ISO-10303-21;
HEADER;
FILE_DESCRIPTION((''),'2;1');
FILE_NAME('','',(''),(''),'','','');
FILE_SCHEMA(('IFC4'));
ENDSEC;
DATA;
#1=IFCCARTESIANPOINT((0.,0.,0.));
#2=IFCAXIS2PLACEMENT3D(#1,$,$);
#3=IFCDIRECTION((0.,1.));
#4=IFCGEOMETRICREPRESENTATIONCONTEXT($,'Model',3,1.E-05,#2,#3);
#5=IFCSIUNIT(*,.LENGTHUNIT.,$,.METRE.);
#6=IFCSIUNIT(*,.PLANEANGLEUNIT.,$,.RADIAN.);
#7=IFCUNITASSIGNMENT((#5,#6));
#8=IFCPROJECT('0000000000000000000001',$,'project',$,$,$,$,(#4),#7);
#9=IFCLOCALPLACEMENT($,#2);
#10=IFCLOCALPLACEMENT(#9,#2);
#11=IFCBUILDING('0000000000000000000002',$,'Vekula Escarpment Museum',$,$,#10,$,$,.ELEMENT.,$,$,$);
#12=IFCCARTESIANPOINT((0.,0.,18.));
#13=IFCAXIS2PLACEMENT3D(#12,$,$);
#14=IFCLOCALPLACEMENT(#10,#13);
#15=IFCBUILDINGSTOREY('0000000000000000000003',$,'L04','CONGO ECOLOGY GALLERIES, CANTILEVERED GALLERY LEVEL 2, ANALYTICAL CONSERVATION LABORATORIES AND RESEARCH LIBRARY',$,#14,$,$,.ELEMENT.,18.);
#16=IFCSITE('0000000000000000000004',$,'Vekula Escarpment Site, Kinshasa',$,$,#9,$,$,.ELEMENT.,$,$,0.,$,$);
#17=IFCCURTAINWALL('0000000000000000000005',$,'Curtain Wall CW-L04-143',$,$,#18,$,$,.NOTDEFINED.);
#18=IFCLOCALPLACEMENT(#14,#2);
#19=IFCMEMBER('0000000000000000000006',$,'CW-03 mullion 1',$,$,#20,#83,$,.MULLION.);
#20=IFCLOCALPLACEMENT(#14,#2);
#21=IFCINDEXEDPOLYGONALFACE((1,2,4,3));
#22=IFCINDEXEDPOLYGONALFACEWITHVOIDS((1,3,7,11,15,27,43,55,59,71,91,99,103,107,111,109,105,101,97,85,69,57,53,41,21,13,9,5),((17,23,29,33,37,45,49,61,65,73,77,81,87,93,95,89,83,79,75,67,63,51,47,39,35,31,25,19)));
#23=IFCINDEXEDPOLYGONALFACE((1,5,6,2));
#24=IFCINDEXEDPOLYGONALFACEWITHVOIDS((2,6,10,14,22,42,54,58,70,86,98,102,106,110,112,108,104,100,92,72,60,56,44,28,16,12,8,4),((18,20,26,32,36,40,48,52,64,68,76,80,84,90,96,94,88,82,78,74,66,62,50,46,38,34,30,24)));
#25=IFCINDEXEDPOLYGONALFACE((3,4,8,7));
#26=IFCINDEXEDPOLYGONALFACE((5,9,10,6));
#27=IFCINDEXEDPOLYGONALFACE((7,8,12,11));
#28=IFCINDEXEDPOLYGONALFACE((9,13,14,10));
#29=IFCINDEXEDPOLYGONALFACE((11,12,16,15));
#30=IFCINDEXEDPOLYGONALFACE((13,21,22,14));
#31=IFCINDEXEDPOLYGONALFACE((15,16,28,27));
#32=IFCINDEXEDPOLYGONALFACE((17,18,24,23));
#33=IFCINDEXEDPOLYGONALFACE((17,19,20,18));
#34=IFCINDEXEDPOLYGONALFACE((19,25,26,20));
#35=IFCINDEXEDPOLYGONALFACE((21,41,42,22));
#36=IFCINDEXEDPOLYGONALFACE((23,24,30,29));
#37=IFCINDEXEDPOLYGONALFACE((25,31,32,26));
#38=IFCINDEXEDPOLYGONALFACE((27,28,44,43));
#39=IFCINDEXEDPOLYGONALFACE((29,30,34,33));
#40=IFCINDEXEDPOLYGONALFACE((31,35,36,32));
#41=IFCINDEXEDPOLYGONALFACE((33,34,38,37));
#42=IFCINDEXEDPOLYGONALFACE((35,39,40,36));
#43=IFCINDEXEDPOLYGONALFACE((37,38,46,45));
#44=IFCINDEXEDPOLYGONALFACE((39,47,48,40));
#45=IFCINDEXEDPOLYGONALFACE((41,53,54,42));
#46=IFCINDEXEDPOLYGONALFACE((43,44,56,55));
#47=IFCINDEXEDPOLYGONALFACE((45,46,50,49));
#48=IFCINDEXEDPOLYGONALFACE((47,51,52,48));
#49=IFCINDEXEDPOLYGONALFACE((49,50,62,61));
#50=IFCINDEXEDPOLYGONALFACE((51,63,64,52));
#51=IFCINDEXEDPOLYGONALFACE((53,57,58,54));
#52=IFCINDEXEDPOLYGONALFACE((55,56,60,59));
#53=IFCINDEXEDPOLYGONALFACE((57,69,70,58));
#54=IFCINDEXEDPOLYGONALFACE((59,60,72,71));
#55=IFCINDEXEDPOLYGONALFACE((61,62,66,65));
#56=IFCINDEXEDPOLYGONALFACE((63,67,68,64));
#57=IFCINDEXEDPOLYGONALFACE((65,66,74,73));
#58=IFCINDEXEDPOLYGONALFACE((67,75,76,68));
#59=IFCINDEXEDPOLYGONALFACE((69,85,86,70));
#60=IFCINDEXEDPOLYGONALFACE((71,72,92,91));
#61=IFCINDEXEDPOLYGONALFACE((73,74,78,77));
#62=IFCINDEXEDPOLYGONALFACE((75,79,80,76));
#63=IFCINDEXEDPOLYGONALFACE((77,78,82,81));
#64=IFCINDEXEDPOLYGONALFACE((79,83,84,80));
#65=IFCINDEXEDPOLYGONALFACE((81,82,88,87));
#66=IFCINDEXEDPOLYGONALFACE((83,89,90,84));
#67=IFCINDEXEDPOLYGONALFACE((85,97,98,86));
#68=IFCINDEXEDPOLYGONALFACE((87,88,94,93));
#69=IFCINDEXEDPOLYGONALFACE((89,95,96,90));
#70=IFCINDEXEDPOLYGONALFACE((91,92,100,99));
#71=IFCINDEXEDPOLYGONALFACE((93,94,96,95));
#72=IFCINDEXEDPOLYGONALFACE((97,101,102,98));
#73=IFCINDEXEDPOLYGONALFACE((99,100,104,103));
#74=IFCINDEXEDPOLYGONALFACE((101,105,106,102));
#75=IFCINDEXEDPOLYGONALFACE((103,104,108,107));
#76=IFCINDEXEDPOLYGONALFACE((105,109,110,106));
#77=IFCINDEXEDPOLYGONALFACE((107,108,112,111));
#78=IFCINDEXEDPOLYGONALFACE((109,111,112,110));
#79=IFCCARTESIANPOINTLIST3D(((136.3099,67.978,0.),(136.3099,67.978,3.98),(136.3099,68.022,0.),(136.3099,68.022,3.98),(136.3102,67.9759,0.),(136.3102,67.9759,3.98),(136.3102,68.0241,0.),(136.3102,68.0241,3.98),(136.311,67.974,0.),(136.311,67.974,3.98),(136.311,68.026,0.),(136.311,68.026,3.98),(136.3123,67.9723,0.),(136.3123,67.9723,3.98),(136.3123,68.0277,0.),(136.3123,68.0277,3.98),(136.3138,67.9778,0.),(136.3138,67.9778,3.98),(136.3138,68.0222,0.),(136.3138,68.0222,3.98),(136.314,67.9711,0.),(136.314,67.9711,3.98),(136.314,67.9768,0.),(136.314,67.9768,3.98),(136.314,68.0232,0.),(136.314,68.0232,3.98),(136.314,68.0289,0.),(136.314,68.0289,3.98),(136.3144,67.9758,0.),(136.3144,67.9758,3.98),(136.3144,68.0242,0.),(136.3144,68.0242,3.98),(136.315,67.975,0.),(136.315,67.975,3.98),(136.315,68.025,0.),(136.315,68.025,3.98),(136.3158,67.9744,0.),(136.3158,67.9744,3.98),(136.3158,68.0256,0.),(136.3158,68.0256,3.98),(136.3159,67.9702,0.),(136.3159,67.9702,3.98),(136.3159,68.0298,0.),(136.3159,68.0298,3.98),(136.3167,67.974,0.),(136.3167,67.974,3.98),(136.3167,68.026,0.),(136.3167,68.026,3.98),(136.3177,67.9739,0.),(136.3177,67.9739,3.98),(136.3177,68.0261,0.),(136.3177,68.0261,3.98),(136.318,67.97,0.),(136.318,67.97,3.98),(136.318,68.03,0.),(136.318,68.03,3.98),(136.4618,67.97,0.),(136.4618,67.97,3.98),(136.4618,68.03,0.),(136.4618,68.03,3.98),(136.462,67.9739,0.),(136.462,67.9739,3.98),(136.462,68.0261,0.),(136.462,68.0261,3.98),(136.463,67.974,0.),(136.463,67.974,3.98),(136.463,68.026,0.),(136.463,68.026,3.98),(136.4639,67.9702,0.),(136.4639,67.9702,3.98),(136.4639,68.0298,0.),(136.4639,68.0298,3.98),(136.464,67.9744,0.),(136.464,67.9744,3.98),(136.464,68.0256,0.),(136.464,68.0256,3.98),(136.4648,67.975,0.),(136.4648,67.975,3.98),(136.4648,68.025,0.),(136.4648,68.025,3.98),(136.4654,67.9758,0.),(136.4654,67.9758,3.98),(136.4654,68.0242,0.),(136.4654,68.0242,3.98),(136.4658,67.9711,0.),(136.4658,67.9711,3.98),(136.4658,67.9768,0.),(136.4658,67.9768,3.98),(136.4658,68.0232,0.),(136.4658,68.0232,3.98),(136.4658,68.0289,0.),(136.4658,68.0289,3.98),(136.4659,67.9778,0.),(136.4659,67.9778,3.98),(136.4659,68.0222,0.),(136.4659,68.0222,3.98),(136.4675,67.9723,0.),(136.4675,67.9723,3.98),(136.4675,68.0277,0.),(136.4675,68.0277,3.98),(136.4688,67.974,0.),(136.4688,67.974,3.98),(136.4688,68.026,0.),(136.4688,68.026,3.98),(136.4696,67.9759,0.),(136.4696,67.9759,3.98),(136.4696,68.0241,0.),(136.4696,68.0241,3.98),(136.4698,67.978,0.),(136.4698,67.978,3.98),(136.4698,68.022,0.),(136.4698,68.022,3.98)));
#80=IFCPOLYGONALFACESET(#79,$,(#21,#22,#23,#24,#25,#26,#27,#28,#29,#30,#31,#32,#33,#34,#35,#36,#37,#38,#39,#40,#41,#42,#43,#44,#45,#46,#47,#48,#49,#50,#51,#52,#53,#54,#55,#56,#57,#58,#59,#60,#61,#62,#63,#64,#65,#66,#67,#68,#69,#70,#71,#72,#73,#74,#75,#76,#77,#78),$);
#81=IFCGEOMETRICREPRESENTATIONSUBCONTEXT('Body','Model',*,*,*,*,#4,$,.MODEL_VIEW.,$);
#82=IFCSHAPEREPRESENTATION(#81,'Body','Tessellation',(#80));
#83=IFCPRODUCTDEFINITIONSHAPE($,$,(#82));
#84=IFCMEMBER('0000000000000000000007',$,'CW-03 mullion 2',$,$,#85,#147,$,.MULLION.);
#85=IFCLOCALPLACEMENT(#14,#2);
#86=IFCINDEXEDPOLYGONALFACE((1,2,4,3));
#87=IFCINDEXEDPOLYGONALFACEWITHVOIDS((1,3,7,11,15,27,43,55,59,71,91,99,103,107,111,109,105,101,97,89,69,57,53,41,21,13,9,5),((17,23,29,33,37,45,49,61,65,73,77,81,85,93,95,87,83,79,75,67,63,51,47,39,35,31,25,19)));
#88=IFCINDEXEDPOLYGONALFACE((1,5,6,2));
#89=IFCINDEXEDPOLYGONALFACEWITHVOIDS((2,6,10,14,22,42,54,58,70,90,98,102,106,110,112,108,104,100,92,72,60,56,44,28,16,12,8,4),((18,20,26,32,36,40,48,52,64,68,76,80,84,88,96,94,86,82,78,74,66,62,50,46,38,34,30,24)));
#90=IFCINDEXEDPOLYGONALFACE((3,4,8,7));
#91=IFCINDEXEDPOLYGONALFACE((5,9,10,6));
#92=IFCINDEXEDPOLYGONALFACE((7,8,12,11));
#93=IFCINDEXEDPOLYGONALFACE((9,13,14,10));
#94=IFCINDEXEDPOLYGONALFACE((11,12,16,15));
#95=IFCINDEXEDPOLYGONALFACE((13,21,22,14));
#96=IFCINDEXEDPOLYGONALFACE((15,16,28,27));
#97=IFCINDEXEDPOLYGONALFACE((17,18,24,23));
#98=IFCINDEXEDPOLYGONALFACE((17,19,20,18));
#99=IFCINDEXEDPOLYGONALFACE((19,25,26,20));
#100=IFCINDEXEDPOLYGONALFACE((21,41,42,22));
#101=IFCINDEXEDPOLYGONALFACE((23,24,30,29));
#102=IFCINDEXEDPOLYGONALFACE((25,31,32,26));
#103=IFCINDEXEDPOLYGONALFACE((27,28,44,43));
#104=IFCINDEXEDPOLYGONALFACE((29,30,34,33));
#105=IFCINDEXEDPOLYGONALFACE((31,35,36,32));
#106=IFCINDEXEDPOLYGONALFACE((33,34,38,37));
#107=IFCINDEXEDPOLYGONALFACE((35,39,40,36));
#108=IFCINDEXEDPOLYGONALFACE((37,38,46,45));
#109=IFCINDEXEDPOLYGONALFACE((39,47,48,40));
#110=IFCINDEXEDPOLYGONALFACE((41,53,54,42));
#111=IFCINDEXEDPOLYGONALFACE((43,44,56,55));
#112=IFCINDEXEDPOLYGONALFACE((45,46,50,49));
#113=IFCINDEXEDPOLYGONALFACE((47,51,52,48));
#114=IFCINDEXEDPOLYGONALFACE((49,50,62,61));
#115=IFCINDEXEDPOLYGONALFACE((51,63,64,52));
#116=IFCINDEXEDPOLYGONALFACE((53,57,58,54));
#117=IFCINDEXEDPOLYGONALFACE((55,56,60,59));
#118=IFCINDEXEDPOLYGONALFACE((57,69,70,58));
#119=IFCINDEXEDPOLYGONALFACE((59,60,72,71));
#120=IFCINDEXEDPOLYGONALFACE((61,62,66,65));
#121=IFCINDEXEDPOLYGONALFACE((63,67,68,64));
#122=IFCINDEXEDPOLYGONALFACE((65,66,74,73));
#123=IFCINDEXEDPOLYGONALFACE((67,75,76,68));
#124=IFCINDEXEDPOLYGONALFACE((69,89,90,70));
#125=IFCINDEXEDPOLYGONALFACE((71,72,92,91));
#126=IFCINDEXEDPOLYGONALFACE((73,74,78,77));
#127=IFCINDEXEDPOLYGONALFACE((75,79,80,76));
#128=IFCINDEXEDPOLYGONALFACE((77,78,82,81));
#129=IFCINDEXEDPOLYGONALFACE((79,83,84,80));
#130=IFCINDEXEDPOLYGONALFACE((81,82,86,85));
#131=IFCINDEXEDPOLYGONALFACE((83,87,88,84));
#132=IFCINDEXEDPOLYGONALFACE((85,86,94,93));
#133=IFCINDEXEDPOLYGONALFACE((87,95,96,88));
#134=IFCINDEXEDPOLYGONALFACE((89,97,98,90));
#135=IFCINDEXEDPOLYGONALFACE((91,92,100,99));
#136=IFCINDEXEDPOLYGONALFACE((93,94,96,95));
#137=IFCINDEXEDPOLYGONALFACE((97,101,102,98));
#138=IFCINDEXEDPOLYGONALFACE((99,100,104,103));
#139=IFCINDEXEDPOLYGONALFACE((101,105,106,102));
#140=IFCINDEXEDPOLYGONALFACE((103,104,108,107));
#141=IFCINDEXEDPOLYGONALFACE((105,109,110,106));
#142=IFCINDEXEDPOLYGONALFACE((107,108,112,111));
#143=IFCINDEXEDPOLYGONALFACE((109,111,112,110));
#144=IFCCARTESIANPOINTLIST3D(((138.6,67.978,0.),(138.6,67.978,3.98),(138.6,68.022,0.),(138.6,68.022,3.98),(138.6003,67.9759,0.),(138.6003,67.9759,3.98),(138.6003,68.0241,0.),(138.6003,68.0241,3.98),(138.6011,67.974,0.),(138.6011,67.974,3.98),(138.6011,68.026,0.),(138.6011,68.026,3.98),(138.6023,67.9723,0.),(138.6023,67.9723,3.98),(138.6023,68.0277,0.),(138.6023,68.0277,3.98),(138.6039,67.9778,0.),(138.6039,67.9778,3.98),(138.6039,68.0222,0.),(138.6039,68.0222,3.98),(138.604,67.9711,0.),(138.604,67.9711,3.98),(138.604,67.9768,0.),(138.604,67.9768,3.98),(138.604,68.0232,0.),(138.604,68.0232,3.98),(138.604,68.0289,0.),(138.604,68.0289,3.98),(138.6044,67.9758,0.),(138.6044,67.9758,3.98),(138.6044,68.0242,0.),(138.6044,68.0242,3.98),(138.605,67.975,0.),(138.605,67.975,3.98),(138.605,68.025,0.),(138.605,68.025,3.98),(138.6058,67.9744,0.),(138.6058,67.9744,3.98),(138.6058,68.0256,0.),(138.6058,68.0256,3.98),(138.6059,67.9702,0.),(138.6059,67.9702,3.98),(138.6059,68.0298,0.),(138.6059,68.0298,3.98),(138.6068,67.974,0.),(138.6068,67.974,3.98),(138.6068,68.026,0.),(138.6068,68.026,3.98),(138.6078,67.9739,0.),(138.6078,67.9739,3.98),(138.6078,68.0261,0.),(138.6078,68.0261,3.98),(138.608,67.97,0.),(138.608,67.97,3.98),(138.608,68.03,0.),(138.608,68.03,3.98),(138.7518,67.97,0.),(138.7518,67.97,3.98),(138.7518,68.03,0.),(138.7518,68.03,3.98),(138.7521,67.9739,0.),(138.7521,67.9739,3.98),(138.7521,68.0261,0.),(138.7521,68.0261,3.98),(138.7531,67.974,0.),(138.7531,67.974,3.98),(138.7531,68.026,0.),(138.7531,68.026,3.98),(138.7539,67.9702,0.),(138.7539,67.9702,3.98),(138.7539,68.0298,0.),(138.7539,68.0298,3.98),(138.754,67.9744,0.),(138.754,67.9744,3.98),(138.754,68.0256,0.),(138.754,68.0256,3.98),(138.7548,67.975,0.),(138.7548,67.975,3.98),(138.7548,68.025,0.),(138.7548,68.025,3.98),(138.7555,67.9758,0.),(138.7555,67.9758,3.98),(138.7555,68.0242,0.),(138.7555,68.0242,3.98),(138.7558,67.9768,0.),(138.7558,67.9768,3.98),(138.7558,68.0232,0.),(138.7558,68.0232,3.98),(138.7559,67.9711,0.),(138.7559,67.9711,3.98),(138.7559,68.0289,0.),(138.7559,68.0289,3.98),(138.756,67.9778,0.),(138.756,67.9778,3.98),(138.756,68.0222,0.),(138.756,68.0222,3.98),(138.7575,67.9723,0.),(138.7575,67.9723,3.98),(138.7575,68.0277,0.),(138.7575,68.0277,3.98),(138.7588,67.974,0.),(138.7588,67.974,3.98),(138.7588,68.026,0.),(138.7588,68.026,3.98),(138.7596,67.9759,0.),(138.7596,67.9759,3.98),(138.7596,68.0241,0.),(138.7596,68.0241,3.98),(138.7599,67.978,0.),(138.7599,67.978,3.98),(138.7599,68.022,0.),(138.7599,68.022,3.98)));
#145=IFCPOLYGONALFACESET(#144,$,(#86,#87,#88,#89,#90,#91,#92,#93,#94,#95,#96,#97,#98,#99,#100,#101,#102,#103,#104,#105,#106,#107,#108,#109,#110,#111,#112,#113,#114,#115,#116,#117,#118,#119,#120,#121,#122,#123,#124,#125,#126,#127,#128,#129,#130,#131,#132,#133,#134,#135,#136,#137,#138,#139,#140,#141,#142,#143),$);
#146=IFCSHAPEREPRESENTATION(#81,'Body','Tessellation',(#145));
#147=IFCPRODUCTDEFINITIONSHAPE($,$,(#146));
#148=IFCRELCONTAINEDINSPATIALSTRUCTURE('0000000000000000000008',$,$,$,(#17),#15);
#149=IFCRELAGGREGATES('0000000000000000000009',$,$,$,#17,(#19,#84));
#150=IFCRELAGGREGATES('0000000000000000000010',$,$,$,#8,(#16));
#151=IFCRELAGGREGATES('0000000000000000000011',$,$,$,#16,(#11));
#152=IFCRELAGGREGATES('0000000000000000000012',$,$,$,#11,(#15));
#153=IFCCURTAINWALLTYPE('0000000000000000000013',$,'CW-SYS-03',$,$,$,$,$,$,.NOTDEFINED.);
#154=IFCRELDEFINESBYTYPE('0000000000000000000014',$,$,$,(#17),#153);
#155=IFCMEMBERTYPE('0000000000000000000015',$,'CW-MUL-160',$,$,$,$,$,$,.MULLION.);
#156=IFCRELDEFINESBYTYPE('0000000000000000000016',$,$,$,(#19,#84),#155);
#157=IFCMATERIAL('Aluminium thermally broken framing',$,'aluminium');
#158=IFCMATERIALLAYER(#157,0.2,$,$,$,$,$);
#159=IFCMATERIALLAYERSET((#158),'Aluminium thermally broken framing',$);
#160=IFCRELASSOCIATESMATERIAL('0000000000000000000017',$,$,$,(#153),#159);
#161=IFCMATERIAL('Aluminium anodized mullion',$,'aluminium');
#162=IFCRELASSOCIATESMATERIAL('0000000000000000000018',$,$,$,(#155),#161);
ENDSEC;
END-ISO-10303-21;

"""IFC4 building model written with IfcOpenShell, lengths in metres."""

from ifc_helpers import new_model, si_unit, direction, frame, origin, origin_2d, place, context, subcontext, project, spatial, hollow_rectangle, extrude, material, layer, layer_set, material_profile, profile_set, type_object, element, aggregate, save


model = new_model("IFC4")

# Units and contexts
model_context = context("Model", 3, precision=1e-05, world=origin(), true_north=direction((0.0, 1.0)))
body_context = subcontext(model_context, "Body", "Model", "MODEL_VIEW")
ifc_project = project(units=[si_unit("LENGTHUNIT", "METRE"), si_unit("PLANEANGLEUNIT", "RADIAN")], contexts=[model_context])

# Site, building, storey
site_placement = place(None, origin())
site = spatial("IfcSite", under=ifc_project, at=site_placement, Name="Vekula Escarpment Site, Kinshasa", CompositionType="ELEMENT", RefElevation=0.0)
building_placement = place(site_placement, origin())
building = spatial("IfcBuilding", under=site, at=building_placement, Name="Vekula Escarpment Museum", CompositionType="ELEMENT")
storey_placement = place(building_placement, frame((0.0, 0.0, 18.0)))
storey = spatial("IfcBuildingStorey", under=building, at=storey_placement, Name="L04", Description="CONGO ECOLOGY GALLERIES, CANTILEVERED GALLERY LEVEL 2, ANALYTICAL CONSERVATION LABORATORIES AND RESEARCH LIBRARY", CompositionType="ELEMENT", Elevation=18.0)

# Curtain wall, members
ifc_material_1 = material(Name="Aluminium thermally broken framing", Category="aluminium")
ifc_layer_1 = layer(ifc_material_1, 0.2)
ifc_layer_set_1 = layer_set([ifc_layer_1], Name="Aluminium thermally broken framing")
curtain_wall_type = type_object("IfcCurtainWallType", Name="CW-SYS-03", PredefinedType="NOTDEFINED", material=ifc_layer_set_1)
curtain_wall_placement = place(storey_placement, origin())
curtain_wall = element("IfcCurtainWall", 1, at=curtain_wall_placement, inside=storey, type_object=curtain_wall_type, Name="Curtain Wall CW-L04-143", PredefinedType="NOTDEFINED")
ifc_material_2 = material(Name="Aluminium anodized mullion", Category="aluminium")
ifc_material_profile_1 = material_profile(ifc_material_2, hollow_rectangle(XDim=0.0601, YDim=0.1599, WallThickness=0.0039, InnerFilletRadius=0.0039, OuterFilletRadius=0.0081, at=origin_2d()), Name="ALU 160x60x4")
ifc_profile_set_1 = profile_set([ifc_material_profile_1], Name="Aluminium anodized mullion")
member_type_1 = type_object("IfcMemberType", Name="CW-MUL-160", PredefinedType="MULLION", material=ifc_profile_set_1)
member_1_placement = place(storey_placement, frame((136.3899, 68.0, 0.0), z_axis=(0.0, 0.0, 1.0), x_axis=(0.0, 1.0, 0.0)))
member_1 = element("IfcMember", 2, at=member_1_placement, type_object=member_type_1, Name="CW-03 mullion 1", PredefinedType="MULLION", context=body_context, shape_type="SweptSolid", body=[
    extrude(hollow_rectangle(XDim=0.0601, YDim=0.1599, WallThickness=0.0039, InnerFilletRadius=0.0039, OuterFilletRadius=0.0081, at=origin_2d()), origin(), (0.0, 0.0, 1.0), 3.98),
])
member_2_placement = place(storey_placement, frame((138.6799, 68.0, 0.0), z_axis=(0.0, 0.0, 1.0), x_axis=(0.0, 1.0, 0.0)))
member_2 = element("IfcMember", 3, at=member_2_placement, type_object=member_type_1, Name="CW-03 mullion 2", PredefinedType="MULLION", context=body_context, shape_type="SweptSolid", body=[
    extrude(hollow_rectangle(XDim=0.0601, YDim=0.1599, WallThickness=0.0039, InnerFilletRadius=0.0039, OuterFilletRadius=0.0081, at=origin_2d()), origin(), (0.0, 0.0, 1.0), 3.98),
])

aggregate(curtain_wall, [member_1, member_2])

save(model, "model.ifc")
